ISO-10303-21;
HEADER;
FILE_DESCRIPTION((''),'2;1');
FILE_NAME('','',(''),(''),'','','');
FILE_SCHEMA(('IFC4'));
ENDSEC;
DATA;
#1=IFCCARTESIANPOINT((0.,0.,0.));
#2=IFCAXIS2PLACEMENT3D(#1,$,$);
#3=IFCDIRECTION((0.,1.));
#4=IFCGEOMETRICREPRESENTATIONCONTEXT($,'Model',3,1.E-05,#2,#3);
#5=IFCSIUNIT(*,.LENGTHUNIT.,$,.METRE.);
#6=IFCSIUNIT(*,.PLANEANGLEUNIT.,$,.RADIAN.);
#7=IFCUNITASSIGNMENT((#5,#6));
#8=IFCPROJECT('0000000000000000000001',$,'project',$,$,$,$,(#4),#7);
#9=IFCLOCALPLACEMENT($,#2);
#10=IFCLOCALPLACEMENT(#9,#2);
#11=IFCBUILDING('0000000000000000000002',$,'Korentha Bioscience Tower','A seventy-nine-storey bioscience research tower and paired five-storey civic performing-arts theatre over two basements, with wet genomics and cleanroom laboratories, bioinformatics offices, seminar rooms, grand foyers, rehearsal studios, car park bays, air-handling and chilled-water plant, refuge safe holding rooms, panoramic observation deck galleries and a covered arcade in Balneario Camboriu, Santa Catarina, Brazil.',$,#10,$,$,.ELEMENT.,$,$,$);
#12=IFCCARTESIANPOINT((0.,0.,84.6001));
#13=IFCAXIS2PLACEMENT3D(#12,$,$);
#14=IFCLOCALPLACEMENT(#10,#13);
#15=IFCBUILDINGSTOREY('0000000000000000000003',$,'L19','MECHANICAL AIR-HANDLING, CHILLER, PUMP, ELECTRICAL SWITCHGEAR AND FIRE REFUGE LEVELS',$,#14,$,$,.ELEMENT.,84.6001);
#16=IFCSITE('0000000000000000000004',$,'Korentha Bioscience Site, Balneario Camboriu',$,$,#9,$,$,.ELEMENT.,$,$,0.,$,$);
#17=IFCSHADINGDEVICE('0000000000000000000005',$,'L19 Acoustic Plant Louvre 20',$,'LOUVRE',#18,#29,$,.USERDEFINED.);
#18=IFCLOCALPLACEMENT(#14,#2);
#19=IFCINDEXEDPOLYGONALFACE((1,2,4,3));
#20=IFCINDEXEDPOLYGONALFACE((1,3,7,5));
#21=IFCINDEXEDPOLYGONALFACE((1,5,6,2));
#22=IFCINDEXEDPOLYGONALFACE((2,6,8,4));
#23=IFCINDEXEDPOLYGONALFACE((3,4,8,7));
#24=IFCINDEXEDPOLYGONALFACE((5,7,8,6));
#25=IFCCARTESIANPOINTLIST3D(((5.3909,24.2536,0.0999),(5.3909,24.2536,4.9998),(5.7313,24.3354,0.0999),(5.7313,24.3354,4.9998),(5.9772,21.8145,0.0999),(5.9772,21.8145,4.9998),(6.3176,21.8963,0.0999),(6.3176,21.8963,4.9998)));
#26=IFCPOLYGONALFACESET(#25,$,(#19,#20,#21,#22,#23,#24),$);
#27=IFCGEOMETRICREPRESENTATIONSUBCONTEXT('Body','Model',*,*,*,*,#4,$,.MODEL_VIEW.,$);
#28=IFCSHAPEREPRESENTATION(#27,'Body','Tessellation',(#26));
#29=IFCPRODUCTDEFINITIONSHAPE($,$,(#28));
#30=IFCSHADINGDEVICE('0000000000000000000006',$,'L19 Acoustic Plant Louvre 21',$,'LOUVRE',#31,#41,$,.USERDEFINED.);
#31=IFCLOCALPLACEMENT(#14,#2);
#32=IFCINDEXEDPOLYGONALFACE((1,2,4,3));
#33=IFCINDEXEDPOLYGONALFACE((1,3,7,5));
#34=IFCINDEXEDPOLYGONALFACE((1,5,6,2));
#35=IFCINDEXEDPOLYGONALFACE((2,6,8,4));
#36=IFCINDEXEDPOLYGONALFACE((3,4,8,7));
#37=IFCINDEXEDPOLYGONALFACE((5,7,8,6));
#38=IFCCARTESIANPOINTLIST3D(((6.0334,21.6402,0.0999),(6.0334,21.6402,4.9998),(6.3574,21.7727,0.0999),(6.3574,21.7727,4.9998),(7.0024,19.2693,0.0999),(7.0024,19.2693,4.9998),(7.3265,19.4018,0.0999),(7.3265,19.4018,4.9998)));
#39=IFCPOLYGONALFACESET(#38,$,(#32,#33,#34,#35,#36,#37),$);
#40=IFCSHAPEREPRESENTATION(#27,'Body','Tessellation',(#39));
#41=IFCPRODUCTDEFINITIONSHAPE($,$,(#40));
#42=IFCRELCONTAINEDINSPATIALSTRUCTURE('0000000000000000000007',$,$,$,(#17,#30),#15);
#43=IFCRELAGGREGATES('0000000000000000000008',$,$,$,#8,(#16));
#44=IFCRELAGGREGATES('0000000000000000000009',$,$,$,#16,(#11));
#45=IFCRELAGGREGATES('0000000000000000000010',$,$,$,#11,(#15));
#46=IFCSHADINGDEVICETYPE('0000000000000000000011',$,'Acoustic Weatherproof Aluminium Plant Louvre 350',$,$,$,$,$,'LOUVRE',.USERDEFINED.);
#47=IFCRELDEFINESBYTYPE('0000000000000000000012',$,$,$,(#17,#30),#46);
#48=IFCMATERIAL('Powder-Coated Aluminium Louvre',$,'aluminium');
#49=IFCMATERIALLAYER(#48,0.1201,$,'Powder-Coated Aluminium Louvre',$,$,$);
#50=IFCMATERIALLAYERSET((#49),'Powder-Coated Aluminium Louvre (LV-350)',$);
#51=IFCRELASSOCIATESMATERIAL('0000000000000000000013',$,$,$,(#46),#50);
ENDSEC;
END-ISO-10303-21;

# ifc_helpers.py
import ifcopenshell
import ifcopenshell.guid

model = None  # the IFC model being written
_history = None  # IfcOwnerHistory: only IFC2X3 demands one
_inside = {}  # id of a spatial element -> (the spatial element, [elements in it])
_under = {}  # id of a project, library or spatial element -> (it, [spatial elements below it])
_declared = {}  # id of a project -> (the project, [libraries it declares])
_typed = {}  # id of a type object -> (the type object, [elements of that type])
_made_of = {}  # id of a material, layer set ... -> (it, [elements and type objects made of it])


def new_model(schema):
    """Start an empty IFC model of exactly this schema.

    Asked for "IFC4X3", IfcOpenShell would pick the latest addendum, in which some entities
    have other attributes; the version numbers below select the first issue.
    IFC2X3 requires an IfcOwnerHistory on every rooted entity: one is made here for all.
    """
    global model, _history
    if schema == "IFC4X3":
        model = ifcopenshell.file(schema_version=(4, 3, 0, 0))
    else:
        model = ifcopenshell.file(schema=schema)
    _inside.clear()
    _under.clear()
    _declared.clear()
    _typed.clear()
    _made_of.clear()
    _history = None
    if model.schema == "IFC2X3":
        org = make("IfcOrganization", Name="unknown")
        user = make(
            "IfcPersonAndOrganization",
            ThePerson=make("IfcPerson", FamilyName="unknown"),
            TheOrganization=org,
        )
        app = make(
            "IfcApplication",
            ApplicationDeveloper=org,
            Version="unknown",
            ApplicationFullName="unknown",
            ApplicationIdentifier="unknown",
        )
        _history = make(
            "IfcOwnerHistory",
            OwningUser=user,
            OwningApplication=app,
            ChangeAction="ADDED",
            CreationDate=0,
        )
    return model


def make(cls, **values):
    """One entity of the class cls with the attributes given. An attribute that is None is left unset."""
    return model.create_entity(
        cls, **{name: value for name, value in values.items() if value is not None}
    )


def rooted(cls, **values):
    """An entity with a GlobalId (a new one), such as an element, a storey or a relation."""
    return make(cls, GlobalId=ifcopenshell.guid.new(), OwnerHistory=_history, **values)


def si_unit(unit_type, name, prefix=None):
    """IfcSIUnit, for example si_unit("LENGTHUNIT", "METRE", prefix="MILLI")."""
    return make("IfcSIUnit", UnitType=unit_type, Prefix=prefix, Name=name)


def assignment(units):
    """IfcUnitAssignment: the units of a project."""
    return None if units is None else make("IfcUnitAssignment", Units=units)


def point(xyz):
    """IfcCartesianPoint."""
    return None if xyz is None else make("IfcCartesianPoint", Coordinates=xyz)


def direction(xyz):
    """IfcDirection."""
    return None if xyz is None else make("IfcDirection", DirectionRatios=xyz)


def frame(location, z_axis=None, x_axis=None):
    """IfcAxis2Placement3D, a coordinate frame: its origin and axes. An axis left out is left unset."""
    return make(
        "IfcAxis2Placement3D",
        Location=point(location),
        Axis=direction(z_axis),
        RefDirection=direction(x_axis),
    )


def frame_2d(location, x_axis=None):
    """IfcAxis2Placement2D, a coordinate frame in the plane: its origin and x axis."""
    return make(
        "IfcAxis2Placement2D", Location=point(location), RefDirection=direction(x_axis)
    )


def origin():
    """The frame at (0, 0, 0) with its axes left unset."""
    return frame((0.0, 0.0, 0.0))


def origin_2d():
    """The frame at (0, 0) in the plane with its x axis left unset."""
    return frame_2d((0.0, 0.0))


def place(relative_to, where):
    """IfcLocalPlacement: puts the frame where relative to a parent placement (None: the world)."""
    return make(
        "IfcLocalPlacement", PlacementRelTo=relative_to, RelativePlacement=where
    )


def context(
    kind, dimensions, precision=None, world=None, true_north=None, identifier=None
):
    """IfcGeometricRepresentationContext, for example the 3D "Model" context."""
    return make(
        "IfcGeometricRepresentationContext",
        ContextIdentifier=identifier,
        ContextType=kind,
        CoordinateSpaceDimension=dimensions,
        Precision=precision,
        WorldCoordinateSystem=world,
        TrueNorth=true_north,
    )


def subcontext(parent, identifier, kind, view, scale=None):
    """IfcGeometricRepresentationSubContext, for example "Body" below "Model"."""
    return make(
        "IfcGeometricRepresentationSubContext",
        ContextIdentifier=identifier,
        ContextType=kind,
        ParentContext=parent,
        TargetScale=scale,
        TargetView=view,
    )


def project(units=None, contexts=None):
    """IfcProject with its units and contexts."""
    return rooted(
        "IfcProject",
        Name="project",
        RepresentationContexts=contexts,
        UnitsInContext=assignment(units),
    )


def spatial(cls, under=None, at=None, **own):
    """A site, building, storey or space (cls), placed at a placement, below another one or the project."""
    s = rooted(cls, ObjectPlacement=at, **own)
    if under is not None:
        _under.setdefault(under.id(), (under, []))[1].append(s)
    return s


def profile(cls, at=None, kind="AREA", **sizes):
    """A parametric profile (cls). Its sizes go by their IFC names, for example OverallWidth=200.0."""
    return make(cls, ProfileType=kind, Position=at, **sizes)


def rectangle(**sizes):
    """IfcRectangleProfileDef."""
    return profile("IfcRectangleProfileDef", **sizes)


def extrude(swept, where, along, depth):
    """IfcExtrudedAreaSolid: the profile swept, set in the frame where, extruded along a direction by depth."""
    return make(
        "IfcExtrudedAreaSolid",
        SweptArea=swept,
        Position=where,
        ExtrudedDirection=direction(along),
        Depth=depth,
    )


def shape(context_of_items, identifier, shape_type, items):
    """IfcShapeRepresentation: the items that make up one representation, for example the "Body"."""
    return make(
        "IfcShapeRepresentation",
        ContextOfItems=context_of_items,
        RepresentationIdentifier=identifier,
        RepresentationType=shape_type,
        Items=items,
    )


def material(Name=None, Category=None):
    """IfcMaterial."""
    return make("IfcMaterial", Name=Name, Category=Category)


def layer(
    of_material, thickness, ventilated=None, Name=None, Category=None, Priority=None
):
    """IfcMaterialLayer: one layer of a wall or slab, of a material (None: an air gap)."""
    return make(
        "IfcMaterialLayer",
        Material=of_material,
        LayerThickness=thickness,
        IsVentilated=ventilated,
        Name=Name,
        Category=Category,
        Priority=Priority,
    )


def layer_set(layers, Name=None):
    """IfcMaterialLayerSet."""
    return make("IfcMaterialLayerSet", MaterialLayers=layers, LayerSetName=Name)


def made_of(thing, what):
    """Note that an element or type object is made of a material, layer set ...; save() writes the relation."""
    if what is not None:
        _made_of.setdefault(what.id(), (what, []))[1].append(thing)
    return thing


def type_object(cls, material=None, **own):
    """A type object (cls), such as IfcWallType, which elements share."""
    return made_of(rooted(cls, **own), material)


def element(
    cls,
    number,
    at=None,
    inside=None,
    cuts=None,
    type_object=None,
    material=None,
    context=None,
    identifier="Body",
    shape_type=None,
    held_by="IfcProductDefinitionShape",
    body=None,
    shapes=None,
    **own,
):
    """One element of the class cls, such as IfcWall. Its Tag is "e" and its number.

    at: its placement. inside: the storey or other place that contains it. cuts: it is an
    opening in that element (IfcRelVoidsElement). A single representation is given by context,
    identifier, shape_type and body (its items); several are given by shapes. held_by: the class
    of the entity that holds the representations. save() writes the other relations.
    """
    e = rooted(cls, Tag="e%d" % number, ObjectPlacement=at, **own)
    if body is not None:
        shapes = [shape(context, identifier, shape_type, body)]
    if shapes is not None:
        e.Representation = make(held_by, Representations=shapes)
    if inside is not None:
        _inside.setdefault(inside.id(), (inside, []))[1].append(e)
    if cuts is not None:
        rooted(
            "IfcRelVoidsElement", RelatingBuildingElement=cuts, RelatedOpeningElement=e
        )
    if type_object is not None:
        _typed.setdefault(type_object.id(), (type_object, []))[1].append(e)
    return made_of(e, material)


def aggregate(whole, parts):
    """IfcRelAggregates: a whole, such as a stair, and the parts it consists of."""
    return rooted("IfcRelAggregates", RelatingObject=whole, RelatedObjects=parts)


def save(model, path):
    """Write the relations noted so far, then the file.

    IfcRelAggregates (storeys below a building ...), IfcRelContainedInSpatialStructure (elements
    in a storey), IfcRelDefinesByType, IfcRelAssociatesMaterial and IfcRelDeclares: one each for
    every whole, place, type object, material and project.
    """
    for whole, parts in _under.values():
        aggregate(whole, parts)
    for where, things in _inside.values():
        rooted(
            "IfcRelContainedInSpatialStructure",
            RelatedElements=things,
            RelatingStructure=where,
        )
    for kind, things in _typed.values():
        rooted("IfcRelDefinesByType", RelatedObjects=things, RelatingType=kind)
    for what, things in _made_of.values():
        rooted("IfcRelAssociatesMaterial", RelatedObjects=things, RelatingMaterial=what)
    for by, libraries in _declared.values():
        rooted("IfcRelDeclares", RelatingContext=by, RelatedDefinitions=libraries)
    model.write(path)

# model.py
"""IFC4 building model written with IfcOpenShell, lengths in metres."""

from ifc_helpers import new_model, si_unit, direction, frame, origin, origin_2d, place, context, subcontext, project, spatial, rectangle, extrude, material, layer, layer_set, type_object, element, save


model = new_model("IFC4")

# Units and contexts
model_context = context("Model", 3, precision=1e-05, world=origin(), true_north=direction((0.0, 1.0)))
body_context = subcontext(model_context, "Body", "Model", "MODEL_VIEW")
ifc_project = project(units=[si_unit("LENGTHUNIT", "METRE"), si_unit("PLANEANGLEUNIT", "RADIAN")], contexts=[model_context])

# Site, building, storey
site_placement = place(None, origin())
site = spatial("IfcSite", under=ifc_project, at=site_placement, Name="Korentha Bioscience Site, Balneario Camboriu", CompositionType="ELEMENT", RefElevation=0.0)
building_placement = place(site_placement, origin())
building = spatial("IfcBuilding", under=site, at=building_placement, Name="Korentha Bioscience Tower", Description="A seventy-nine-storey bioscience research tower and paired five-storey civic performing-arts theatre over two basements, with wet genomics and cleanroom laboratories, bioinformatics offices, seminar rooms, grand foyers, rehearsal studios, car park bays, air-handling and chilled-water plant, refuge safe holding rooms, panoramic observation deck galleries and a covered arcade in Balneario Camboriu, Santa Catarina, Brazil.", CompositionType="ELEMENT")
storey_placement = place(building_placement, frame((0.0, 0.0, 84.6001)))
storey = spatial("IfcBuildingStorey", under=building, at=storey_placement, Name="L19", Description="MECHANICAL AIR-HANDLING, CHILLER, PUMP, ELECTRICAL SWITCHGEAR AND FIRE REFUGE LEVELS", CompositionType="ELEMENT", Elevation=84.6001)

# Shading devices
ifc_material_1 = material(Name="Powder-Coated Aluminium Louvre", Category="aluminium")
ifc_layer_1 = layer(ifc_material_1, 0.1201, Name="Powder-Coated Aluminium Louvre")
ifc_layer_set_1 = layer_set([ifc_layer_1], Name="Powder-Coated Aluminium Louvre (LV-350)")
shading_device_type = type_object("IfcShadingDeviceType", Name="Acoustic Weatherproof Aluminium Plant Louvre 350", ElementType="LOUVRE", PredefinedType="USERDEFINED", material=ifc_layer_set_1)
shading_device_1_placement = place(storey_placement, frame((5.8542, 23.075, 0.0999), z_axis=(0.0, 0.0, 1.0), x_axis=(0.233726, -0.972303, 0.0)))
element("IfcShadingDevice", 1, at=shading_device_1_placement, inside=storey, type_object=shading_device_type, Name="L19 Acoustic Plant Louvre 20", ObjectType="LOUVRE", PredefinedType="USERDEFINED", context=body_context, shape_type="SweptSolid", body=[
    extrude(rectangle(XDim=2.5085, YDim=0.3501, at=origin_2d()), origin(), (0.0, 0.0, 1.0), 4.8999),
])
shading_device_2_placement = place(storey_placement, frame((6.6799, 20.521, 0.0999), z_axis=(0.0, 0.0, 1.0), x_axis=(0.37835, -0.925663, 0.0)))
element("IfcShadingDevice", 2, at=shading_device_2_placement, inside=storey, type_object=shading_device_type, Name="L19 Acoustic Plant Louvre 21", ObjectType="LOUVRE", PredefinedType="USERDEFINED", context=body_context, shape_type="SweptSolid", body=[
    extrude(rectangle(XDim=2.5613, YDim=0.3501, at=origin_2d()), origin(), (0.0, 0.0, 1.0), 4.8999),
])

save(model, "model.ifc")
